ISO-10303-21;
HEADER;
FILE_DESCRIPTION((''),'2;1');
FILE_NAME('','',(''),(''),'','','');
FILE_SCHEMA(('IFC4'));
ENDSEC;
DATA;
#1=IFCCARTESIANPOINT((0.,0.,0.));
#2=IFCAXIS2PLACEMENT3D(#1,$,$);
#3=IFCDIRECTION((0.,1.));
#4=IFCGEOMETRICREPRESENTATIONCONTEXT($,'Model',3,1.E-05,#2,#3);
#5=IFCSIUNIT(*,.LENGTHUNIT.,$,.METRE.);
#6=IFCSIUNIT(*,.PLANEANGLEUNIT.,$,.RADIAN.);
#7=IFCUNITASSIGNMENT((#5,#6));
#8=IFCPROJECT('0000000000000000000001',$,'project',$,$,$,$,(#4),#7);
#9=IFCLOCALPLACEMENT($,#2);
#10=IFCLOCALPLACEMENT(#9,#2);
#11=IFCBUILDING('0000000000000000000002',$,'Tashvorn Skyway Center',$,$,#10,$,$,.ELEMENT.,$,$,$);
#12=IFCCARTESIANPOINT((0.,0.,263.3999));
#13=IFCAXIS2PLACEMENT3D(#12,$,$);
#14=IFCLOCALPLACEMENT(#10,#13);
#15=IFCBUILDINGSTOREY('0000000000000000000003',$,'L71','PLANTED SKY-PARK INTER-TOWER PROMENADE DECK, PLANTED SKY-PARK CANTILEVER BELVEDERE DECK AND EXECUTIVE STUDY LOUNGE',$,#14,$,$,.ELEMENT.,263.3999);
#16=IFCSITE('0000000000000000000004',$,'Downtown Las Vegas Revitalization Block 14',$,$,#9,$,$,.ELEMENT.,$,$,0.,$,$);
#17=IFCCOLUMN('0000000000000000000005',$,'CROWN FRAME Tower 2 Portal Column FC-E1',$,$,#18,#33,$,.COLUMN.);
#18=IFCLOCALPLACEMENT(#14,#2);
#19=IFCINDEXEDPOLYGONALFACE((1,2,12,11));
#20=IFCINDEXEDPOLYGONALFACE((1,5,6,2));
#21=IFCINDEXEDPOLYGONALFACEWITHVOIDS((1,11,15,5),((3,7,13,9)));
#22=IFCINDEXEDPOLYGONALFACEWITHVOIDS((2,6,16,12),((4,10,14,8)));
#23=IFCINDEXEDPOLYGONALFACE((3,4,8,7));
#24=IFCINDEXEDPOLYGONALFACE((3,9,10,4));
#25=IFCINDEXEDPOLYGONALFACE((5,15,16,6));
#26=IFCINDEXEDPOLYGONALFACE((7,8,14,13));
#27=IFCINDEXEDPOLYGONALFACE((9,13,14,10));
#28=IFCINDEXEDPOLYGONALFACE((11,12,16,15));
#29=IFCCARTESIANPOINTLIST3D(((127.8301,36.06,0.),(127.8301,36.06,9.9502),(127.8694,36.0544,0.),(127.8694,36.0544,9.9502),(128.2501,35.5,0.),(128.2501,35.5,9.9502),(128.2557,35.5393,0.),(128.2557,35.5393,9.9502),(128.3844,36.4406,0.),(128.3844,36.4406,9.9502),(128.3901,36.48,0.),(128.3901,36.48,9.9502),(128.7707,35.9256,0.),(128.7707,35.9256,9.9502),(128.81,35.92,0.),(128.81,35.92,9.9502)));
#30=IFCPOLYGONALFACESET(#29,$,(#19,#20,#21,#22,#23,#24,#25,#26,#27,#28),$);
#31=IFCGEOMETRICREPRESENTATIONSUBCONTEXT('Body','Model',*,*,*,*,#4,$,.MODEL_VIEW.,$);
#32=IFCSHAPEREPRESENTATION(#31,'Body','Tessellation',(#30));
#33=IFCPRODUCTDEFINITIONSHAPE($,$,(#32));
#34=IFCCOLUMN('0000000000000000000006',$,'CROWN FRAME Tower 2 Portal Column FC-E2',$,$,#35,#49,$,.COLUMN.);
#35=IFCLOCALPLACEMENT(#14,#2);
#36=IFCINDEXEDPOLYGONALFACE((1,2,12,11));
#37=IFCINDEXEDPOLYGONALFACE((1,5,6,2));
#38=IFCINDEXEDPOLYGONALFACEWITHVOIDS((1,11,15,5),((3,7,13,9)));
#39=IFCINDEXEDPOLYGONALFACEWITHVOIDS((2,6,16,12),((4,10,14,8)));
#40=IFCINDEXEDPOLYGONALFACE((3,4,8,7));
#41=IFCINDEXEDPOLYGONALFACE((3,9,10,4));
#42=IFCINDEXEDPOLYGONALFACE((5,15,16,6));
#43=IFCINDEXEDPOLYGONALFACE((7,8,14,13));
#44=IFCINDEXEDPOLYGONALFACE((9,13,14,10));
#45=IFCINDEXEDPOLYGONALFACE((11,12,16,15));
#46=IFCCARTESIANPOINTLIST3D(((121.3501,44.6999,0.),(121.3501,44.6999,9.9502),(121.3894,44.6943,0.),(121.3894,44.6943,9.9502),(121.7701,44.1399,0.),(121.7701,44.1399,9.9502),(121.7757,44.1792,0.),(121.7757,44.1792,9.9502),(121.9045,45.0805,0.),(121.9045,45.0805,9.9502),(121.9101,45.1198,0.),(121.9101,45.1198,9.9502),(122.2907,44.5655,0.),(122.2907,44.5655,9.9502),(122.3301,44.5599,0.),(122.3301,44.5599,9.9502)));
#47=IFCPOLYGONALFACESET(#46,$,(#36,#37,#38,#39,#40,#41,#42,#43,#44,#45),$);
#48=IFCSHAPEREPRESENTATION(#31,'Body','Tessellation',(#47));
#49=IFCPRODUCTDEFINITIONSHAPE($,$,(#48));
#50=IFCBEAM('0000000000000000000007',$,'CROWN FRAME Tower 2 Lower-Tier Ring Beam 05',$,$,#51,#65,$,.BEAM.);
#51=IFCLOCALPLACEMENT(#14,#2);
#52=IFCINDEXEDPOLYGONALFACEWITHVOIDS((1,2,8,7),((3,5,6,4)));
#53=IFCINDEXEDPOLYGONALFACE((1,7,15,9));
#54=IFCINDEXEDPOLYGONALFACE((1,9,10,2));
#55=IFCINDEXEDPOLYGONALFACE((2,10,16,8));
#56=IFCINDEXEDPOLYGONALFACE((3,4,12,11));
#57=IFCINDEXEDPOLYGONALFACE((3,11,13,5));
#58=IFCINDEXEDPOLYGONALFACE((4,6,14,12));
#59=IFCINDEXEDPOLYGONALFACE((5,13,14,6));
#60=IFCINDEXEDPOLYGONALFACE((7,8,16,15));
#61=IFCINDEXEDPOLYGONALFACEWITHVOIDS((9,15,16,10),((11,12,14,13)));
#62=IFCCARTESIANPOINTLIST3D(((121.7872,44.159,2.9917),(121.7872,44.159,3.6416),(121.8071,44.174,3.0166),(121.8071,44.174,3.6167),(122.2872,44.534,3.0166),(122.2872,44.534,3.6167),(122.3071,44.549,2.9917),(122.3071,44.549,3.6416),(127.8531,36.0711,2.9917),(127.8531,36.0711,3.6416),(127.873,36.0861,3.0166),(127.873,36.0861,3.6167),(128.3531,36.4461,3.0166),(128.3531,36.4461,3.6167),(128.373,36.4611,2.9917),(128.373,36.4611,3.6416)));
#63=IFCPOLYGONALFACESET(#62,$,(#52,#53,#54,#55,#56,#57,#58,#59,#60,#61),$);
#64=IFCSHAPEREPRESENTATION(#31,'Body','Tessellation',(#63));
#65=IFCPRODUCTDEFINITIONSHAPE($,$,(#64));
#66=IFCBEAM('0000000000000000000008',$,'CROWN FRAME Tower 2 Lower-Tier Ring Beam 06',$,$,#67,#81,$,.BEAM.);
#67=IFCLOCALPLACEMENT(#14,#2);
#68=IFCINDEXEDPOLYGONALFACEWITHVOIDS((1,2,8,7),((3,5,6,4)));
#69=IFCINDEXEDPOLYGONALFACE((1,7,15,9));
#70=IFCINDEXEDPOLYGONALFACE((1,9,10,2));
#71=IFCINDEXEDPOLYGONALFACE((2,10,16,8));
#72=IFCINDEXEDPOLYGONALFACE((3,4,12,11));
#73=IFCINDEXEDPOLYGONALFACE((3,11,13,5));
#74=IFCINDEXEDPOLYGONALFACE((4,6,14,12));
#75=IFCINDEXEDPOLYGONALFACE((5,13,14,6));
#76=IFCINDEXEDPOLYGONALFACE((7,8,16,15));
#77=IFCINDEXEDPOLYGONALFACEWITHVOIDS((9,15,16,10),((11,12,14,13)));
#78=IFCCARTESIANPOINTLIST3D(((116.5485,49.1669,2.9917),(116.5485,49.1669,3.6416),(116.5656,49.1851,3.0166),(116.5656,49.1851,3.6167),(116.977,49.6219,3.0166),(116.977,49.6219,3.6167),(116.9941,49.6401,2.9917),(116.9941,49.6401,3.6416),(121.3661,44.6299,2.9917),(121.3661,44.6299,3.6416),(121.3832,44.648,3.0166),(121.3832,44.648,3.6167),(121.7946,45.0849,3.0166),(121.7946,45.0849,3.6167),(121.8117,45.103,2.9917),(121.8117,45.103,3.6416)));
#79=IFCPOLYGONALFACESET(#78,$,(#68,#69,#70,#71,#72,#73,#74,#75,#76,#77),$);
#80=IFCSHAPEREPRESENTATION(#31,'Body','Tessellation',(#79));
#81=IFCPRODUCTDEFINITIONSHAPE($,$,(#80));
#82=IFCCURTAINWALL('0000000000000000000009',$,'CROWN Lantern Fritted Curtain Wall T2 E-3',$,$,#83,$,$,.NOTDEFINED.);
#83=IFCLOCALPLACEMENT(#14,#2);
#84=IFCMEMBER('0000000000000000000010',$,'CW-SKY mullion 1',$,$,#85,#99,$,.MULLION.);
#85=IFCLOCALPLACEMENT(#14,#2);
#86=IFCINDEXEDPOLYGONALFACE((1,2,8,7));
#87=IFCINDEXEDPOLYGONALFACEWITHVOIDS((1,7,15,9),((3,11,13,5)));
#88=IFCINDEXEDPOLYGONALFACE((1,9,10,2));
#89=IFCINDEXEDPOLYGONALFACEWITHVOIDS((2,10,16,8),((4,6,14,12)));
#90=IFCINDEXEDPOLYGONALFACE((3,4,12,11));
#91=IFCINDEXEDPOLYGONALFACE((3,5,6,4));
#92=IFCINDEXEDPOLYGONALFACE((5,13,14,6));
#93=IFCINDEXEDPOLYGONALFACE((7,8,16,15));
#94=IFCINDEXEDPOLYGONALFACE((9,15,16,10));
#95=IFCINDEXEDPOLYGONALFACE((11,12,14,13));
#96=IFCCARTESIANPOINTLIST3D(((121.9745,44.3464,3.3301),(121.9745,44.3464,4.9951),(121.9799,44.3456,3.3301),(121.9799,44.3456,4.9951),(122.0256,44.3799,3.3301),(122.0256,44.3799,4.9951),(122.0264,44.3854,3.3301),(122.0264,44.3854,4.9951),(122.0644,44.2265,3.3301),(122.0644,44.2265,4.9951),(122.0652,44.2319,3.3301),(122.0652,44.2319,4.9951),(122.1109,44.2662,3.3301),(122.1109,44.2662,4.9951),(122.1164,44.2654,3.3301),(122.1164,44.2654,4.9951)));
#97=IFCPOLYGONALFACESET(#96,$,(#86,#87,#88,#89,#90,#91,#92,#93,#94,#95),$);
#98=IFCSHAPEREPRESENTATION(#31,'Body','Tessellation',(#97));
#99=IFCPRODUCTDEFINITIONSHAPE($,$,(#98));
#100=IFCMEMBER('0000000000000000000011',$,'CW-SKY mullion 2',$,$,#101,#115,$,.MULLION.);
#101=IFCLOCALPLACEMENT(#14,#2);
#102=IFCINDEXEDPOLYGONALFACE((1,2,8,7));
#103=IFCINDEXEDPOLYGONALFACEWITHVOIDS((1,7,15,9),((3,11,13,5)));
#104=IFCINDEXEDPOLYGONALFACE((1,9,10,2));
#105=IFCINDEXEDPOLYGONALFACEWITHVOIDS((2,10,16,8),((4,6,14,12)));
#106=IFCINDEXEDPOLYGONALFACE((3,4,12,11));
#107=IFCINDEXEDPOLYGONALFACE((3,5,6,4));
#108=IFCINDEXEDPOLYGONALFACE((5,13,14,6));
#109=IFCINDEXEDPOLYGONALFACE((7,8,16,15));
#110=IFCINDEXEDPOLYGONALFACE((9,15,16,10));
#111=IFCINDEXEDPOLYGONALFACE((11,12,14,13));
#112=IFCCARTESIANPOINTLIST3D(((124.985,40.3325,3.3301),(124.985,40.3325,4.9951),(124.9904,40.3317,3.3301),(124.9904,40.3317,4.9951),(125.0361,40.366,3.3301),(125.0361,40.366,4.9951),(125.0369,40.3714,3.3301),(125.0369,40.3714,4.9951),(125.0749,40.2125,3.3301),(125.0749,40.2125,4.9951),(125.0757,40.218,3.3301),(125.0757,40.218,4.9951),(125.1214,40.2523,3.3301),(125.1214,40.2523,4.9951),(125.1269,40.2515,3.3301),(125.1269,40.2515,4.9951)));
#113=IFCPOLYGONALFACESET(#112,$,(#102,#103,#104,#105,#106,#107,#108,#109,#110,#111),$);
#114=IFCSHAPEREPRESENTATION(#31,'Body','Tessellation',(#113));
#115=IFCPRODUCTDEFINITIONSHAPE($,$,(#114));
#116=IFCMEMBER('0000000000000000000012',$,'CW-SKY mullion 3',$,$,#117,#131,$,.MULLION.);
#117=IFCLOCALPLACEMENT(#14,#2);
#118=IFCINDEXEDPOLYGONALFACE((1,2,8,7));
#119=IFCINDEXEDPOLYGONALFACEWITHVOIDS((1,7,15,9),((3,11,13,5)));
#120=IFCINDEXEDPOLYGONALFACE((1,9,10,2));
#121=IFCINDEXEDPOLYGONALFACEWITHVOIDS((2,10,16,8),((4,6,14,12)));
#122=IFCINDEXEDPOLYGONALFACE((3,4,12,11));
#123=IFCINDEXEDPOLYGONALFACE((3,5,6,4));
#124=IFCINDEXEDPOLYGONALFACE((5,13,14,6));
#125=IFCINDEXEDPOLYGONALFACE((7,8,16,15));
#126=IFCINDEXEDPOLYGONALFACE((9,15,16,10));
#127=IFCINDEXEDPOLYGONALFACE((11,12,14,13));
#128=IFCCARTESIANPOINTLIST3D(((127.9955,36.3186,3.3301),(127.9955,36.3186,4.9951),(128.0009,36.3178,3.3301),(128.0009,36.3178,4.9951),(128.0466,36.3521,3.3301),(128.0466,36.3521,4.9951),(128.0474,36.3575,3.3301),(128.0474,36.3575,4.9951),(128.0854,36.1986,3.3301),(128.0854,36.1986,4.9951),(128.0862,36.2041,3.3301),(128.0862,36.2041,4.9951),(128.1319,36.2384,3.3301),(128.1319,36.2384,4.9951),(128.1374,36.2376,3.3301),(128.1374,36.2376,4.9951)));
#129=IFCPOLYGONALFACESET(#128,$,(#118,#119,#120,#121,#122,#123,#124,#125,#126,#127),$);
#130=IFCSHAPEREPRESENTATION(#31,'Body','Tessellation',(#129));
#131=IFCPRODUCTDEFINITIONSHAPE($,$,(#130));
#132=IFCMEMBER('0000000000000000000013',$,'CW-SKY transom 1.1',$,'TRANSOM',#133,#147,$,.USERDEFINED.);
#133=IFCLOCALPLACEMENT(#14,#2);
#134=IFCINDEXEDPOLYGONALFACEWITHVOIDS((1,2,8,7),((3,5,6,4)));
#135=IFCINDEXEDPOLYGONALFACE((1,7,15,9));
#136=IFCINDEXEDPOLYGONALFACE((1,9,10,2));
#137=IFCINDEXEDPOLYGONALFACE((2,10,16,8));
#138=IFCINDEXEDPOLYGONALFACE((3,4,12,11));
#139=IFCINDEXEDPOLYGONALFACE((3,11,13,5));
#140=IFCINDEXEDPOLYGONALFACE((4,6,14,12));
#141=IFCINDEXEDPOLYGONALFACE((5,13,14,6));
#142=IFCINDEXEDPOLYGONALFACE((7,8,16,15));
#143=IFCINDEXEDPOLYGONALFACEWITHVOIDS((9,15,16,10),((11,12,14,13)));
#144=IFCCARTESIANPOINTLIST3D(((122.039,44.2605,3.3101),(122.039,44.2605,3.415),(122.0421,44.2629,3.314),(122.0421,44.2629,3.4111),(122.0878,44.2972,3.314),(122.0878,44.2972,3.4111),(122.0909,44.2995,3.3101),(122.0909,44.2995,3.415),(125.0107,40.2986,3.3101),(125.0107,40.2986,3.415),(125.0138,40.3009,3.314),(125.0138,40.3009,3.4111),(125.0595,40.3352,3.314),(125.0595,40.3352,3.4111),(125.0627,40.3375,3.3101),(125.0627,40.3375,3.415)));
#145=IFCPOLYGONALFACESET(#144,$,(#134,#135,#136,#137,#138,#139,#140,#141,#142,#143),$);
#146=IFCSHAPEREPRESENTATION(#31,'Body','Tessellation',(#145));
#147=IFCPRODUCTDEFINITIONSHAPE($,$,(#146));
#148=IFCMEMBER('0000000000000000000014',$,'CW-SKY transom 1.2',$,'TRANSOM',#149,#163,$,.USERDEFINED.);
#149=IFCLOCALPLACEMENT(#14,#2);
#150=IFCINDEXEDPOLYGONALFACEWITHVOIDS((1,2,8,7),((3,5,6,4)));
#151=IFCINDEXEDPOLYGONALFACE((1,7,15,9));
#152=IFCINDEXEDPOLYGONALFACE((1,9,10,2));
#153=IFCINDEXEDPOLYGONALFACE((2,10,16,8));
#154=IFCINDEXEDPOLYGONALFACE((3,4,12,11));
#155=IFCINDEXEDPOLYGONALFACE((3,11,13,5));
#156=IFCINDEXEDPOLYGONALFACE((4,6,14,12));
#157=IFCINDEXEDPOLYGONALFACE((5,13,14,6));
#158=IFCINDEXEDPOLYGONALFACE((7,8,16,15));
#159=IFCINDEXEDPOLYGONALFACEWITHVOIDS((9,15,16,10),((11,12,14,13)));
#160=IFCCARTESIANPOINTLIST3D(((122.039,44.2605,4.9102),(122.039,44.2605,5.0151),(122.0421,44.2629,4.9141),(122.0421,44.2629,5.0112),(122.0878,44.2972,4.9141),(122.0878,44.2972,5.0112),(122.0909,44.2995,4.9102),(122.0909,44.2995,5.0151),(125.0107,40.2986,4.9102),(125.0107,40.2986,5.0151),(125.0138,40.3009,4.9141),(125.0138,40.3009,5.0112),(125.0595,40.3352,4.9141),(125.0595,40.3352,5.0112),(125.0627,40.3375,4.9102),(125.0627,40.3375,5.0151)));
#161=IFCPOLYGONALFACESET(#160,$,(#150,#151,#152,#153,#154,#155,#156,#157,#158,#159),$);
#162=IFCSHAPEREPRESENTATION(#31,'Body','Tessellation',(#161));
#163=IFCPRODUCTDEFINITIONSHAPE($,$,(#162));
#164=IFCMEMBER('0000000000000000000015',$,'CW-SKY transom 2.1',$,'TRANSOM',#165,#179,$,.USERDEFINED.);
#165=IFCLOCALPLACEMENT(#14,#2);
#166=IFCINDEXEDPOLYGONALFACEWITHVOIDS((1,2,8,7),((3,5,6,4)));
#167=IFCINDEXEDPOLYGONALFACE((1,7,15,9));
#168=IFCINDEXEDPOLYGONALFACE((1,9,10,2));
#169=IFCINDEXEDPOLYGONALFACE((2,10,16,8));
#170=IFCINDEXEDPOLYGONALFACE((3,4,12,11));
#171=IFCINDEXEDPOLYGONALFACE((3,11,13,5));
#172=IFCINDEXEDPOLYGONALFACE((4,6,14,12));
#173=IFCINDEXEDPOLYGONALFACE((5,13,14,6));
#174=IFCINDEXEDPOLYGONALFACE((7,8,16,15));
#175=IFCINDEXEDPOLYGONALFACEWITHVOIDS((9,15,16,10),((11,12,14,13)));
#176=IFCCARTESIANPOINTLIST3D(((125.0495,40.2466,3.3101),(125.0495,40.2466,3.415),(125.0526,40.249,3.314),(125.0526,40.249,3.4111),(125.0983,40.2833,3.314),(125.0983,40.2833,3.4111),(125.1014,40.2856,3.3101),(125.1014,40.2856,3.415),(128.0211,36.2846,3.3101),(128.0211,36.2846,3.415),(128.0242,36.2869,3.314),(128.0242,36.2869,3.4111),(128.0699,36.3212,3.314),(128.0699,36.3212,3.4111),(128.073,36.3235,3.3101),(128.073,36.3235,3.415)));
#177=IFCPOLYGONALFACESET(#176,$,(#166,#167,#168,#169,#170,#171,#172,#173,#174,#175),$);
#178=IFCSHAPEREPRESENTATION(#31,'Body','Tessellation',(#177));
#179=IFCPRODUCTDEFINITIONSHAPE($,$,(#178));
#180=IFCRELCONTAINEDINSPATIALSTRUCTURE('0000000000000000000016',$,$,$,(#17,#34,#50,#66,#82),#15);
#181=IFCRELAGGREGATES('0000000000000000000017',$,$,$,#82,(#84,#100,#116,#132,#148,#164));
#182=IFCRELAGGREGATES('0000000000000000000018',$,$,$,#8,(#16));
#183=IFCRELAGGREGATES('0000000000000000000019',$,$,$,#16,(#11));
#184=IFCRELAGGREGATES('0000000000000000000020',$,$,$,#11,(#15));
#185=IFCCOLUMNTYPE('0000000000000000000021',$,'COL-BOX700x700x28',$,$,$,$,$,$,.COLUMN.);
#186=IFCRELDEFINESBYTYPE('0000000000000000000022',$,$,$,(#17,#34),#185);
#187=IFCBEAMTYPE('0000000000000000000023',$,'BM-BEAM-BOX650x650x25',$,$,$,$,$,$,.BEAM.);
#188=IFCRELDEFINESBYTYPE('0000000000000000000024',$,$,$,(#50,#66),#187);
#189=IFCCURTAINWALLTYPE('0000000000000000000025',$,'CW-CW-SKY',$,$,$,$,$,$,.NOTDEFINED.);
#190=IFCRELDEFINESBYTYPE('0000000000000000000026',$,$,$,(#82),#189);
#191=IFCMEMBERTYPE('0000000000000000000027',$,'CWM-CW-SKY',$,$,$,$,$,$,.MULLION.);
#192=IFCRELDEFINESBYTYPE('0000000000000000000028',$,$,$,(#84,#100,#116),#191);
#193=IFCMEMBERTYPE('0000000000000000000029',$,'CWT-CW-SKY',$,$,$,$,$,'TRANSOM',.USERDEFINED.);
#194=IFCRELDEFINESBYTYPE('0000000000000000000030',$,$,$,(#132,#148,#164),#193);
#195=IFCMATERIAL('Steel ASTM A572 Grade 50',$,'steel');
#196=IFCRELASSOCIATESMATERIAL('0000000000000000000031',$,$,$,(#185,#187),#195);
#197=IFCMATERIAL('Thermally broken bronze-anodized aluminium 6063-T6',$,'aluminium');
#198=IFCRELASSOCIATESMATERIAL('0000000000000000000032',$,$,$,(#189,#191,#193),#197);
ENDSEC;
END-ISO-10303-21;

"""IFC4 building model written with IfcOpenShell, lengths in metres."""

from ifc_helpers import new_model, si_unit, direction, frame, origin, origin_2d, place, context, subcontext, project, spatial, hollow_rectangle, extrude, material, material_profile, profile_set, type_object, element, aggregate, save


model = new_model("IFC4")

# Units and contexts
model_context = context("Model", 3, precision=1e-05, world=origin(), true_north=direction((0.0, 1.0)))
body_context = subcontext(model_context, "Body", "Model", "MODEL_VIEW")
ifc_project = project(units=[si_unit("LENGTHUNIT", "METRE"), si_unit("PLANEANGLEUNIT", "RADIAN")], contexts=[model_context])

# Site, building, storey
site_placement = place(None, origin())
site = spatial("IfcSite", under=ifc_project, at=site_placement, Name="Downtown Las Vegas Revitalization Block 14", CompositionType="ELEMENT", RefElevation=0.0)
building_placement = place(site_placement, origin())
building = spatial("IfcBuilding", under=site, at=building_placement, Name="Tashvorn Skyway Center", CompositionType="ELEMENT")
storey_placement = place(building_placement, frame((0.0, 0.0, 263.3999)))
storey = spatial("IfcBuildingStorey", under=building, at=storey_placement, Name="L71", Description="PLANTED SKY-PARK INTER-TOWER PROMENADE DECK, PLANTED SKY-PARK CANTILEVER BELVEDERE DECK AND EXECUTIVE STUDY LOUNGE", CompositionType="ELEMENT", Elevation=263.3999)

# Columns
ifc_material_1 = material(Name="Steel ASTM A572 Grade 50", Category="steel")
ifc_material_profile_1 = material_profile(ifc_material_1, hollow_rectangle(XDim=0.7, YDim=0.7, WallThickness=0.0281, at=origin_2d()), Name="BOX700x700x28")
ifc_profile_set_1 = profile_set([ifc_material_profile_1], Name="Steel ASTM A572 Grade 50")
column_type = type_object("IfcColumnType", Name="COL-BOX700x700x28", PredefinedType="COLUMN", material=ifc_profile_set_1)
for number, where, z_axis, x_axis, name in (
    (1, (128.3201, 35.99, 0.0), (0.0, 0.0, 1.0), (0.8, 0.6, 0.0), "CROWN FRAME Tower 2 Portal Column FC-E1"),
    (2, (121.8401, 44.6299, 0.0), (0.0, 0.0, 1.0), (0.8, 0.6, 0.0), "CROWN FRAME Tower 2 Portal Column FC-E2"),
):
    element("IfcColumn", number, at=place(storey_placement, frame(where, z_axis=z_axis, x_axis=x_axis)), inside=storey, type_object=column_type, Name=name, PredefinedType="COLUMN", context=body_context, shape_type="SweptSolid", body=[
        extrude(hollow_rectangle(XDim=0.7, YDim=0.7, WallThickness=0.0281, at=origin_2d()), origin(), (0.0, 0.0, 1.0), 9.9502),
    ])

# Beams
ifc_material_profile_2 = material_profile(ifc_material_1, hollow_rectangle(XDim=0.6499, YDim=0.6499, WallThickness=0.0249, at=origin_2d()), Name="BOX650x650x25")
ifc_profile_set_2 = profile_set([ifc_material_profile_2], Name="Steel ASTM A572 Grade 50")
beam_type = type_object("IfcBeamType", Name="BM-BEAM-BOX650x650x25", PredefinedType="BEAM", material=ifc_profile_set_2)
beam_1_placement = place(storey_placement, frame((128.113, 36.2661, 3.3167), z_axis=(-0.6, 0.8, 0.0), x_axis=(-0.8, -0.6, 0.0)))
element("IfcBeam", 3, at=beam_1_placement, inside=storey, type_object=beam_type, Name="CROWN FRAME Tower 2 Lower-Tier Ring Beam 05", PredefinedType="BEAM", context=body_context, shape_type="SweptSolid", body=[
    extrude(hollow_rectangle(XDim=0.6499, YDim=0.6499, WallThickness=0.0249, at=origin_2d()), origin(), (0.0, 0.0, 1.0), 10.1099),
])
beam_2_placement = place(storey_placement, frame((121.5889, 44.8665, 3.3167), z_axis=(-0.727983, 0.685595, 0.0), x_axis=(-0.685595, -0.727983, 0.0)))
element("IfcBeam", 4, at=beam_2_placement, inside=storey, type_object=beam_type, Name="CROWN FRAME Tower 2 Lower-Tier Ring Beam 06", PredefinedType="BEAM", context=body_context, shape_type="SweptSolid", body=[
    extrude(hollow_rectangle(XDim=0.6499, YDim=0.6499, WallThickness=0.0249, at=origin_2d()), origin(), (0.0, 0.0, 1.0), 6.6177),
])

# Curtain wall, members
ifc_material_2 = material(Name="Thermally broken bronze-anodized aluminium 6063-T6", Category="aluminium")
curtain_wall_type = type_object("IfcCurtainWallType", Name="CW-CW-SKY", PredefinedType="NOTDEFINED", material=ifc_material_2)
curtain_wall_placement = place(storey_placement, origin())
curtain_wall = element("IfcCurtainWall", 5, at=curtain_wall_placement, inside=storey, type_object=curtain_wall_type, Name="CROWN Lantern Fritted Curtain Wall T2 E-3", PredefinedType="NOTDEFINED")
ifc_material_profile_3 = material_profile(ifc_material_2, hollow_rectangle(XDim=0.0649, YDim=0.1499, WallThickness=0.0039, at=origin_2d()), Name="ALU-MULL-65x150")
ifc_profile_set_3 = profile_set([ifc_material_profile_3], Name="Thermally broken bronze-anodized aluminium 6063-T6")
member_type_1 = type_object("IfcMemberType", Name="CWM-CW-SKY", PredefinedType="MULLION", material=ifc_profile_set_3)
member_1_placement = place(storey_placement, frame((122.0454, 44.3059, 3.3301), z_axis=(0.0, 0.0, 1.0), x_axis=(0.8, 0.6, 0.0)))
member_1 = element("IfcMember", 6, at=member_1_placement, type_object=member_type_1, Name="CW-SKY mullion 1", PredefinedType="MULLION", context=body_context, shape_type="SweptSolid", body=[
    extrude(hollow_rectangle(XDim=0.0649, YDim=0.1499, WallThickness=0.0039, at=origin_2d()), origin(), (0.0, 0.0, 1.0), 1.665),
])
member_2_placement = place(storey_placement, frame((125.0559, 40.292, 3.3301), z_axis=(0.0, 0.0, 1.0), x_axis=(0.8, 0.6, 0.0)))
member_2 = element("IfcMember", 7, at=member_2_placement, type_object=member_type_1, Name="CW-SKY mullion 2", PredefinedType="MULLION", context=body_context, shape_type="SweptSolid", body=[
    extrude(hollow_rectangle(XDim=0.0649, YDim=0.1499, WallThickness=0.0039, at=origin_2d()), origin(), (0.0, 0.0, 1.0), 1.665),
])
member_3_placement = place(storey_placement, frame((128.0664, 36.2781, 3.3301), z_axis=(0.0, 0.0, 1.0), x_axis=(0.8, 0.6, 0.0)))
member_3 = element("IfcMember", 8, at=member_3_placement, type_object=member_type_1, Name="CW-SKY mullion 3", PredefinedType="MULLION", context=body_context, shape_type="SweptSolid", body=[
    extrude(hollow_rectangle(XDim=0.0649, YDim=0.1499, WallThickness=0.0039, at=origin_2d()), origin(), (0.0, 0.0, 1.0), 1.665),
])
ifc_material_profile_4 = material_profile(ifc_material_2, hollow_rectangle(XDim=0.0649, YDim=0.105, WallThickness=0.0039, at=origin_2d()), Name="ALU-TRAN-65x105")
ifc_profile_set_4 = profile_set([ifc_material_profile_4], Name="Thermally broken bronze-anodized aluminium 6063-T6")
member_type_2 = type_object("IfcMemberType", Name="CWT-CW-SKY", ElementType="TRANSOM", PredefinedType="USERDEFINED", material=ifc_profile_set_4)
member_4_placement = place(storey_placement, frame((122.0649, 44.28, 3.3625), z_axis=(0.600032, -0.799976, 0.0), x_axis=(0.799976, 0.600032, 0.0)))
member_4 = element("IfcMember", 9, at=member_4_placement, type_object=member_type_2, Name="CW-SKY transom 1.1", ObjectType="TRANSOM", PredefinedType="USERDEFINED", context=body_context, shape_type="SweptSolid", body=[
    extrude(hollow_rectangle(XDim=0.0649, YDim=0.105, WallThickness=0.0039, at=origin_2d()), origin(), (0.0, 0.0, 1.0), 4.9526),
])
member_5_placement = place(storey_placement, frame((122.0649, 44.28, 4.9626), z_axis=(0.600032, -0.799976, 0.0), x_axis=(0.799976, 0.600032, 0.0)))
member_5 = element("IfcMember", 10, at=member_5_placement, type_object=member_type_2, Name="CW-SKY transom 1.2", ObjectType="TRANSOM", PredefinedType="USERDEFINED", context=body_context, shape_type="SweptSolid", body=[
    extrude(hollow_rectangle(XDim=0.0649, YDim=0.105, WallThickness=0.0039, at=origin_2d()), origin(), (0.0, 0.0, 1.0), 4.9526),
])
member_6_placement = place(storey_placement, frame((125.0754, 40.2661, 3.3625), z_axis=(0.600008, -0.799994, 0.0), x_axis=(0.799994, 0.600008, 0.0)))
member_6 = element("IfcMember", 11, at=member_6_placement, type_object=member_type_2, Name="CW-SKY transom 2.1", ObjectType="TRANSOM", PredefinedType="USERDEFINED", context=body_context, shape_type="SweptSolid", body=[
    extrude(hollow_rectangle(XDim=0.0649, YDim=0.105, WallThickness=0.0039, at=origin_2d()), origin(), (0.0, 0.0, 1.0), 4.9526),
])

aggregate(curtain_wall, [member_1, member_2, member_3, member_4, member_5, member_6])

save(model, "model.ifc")
